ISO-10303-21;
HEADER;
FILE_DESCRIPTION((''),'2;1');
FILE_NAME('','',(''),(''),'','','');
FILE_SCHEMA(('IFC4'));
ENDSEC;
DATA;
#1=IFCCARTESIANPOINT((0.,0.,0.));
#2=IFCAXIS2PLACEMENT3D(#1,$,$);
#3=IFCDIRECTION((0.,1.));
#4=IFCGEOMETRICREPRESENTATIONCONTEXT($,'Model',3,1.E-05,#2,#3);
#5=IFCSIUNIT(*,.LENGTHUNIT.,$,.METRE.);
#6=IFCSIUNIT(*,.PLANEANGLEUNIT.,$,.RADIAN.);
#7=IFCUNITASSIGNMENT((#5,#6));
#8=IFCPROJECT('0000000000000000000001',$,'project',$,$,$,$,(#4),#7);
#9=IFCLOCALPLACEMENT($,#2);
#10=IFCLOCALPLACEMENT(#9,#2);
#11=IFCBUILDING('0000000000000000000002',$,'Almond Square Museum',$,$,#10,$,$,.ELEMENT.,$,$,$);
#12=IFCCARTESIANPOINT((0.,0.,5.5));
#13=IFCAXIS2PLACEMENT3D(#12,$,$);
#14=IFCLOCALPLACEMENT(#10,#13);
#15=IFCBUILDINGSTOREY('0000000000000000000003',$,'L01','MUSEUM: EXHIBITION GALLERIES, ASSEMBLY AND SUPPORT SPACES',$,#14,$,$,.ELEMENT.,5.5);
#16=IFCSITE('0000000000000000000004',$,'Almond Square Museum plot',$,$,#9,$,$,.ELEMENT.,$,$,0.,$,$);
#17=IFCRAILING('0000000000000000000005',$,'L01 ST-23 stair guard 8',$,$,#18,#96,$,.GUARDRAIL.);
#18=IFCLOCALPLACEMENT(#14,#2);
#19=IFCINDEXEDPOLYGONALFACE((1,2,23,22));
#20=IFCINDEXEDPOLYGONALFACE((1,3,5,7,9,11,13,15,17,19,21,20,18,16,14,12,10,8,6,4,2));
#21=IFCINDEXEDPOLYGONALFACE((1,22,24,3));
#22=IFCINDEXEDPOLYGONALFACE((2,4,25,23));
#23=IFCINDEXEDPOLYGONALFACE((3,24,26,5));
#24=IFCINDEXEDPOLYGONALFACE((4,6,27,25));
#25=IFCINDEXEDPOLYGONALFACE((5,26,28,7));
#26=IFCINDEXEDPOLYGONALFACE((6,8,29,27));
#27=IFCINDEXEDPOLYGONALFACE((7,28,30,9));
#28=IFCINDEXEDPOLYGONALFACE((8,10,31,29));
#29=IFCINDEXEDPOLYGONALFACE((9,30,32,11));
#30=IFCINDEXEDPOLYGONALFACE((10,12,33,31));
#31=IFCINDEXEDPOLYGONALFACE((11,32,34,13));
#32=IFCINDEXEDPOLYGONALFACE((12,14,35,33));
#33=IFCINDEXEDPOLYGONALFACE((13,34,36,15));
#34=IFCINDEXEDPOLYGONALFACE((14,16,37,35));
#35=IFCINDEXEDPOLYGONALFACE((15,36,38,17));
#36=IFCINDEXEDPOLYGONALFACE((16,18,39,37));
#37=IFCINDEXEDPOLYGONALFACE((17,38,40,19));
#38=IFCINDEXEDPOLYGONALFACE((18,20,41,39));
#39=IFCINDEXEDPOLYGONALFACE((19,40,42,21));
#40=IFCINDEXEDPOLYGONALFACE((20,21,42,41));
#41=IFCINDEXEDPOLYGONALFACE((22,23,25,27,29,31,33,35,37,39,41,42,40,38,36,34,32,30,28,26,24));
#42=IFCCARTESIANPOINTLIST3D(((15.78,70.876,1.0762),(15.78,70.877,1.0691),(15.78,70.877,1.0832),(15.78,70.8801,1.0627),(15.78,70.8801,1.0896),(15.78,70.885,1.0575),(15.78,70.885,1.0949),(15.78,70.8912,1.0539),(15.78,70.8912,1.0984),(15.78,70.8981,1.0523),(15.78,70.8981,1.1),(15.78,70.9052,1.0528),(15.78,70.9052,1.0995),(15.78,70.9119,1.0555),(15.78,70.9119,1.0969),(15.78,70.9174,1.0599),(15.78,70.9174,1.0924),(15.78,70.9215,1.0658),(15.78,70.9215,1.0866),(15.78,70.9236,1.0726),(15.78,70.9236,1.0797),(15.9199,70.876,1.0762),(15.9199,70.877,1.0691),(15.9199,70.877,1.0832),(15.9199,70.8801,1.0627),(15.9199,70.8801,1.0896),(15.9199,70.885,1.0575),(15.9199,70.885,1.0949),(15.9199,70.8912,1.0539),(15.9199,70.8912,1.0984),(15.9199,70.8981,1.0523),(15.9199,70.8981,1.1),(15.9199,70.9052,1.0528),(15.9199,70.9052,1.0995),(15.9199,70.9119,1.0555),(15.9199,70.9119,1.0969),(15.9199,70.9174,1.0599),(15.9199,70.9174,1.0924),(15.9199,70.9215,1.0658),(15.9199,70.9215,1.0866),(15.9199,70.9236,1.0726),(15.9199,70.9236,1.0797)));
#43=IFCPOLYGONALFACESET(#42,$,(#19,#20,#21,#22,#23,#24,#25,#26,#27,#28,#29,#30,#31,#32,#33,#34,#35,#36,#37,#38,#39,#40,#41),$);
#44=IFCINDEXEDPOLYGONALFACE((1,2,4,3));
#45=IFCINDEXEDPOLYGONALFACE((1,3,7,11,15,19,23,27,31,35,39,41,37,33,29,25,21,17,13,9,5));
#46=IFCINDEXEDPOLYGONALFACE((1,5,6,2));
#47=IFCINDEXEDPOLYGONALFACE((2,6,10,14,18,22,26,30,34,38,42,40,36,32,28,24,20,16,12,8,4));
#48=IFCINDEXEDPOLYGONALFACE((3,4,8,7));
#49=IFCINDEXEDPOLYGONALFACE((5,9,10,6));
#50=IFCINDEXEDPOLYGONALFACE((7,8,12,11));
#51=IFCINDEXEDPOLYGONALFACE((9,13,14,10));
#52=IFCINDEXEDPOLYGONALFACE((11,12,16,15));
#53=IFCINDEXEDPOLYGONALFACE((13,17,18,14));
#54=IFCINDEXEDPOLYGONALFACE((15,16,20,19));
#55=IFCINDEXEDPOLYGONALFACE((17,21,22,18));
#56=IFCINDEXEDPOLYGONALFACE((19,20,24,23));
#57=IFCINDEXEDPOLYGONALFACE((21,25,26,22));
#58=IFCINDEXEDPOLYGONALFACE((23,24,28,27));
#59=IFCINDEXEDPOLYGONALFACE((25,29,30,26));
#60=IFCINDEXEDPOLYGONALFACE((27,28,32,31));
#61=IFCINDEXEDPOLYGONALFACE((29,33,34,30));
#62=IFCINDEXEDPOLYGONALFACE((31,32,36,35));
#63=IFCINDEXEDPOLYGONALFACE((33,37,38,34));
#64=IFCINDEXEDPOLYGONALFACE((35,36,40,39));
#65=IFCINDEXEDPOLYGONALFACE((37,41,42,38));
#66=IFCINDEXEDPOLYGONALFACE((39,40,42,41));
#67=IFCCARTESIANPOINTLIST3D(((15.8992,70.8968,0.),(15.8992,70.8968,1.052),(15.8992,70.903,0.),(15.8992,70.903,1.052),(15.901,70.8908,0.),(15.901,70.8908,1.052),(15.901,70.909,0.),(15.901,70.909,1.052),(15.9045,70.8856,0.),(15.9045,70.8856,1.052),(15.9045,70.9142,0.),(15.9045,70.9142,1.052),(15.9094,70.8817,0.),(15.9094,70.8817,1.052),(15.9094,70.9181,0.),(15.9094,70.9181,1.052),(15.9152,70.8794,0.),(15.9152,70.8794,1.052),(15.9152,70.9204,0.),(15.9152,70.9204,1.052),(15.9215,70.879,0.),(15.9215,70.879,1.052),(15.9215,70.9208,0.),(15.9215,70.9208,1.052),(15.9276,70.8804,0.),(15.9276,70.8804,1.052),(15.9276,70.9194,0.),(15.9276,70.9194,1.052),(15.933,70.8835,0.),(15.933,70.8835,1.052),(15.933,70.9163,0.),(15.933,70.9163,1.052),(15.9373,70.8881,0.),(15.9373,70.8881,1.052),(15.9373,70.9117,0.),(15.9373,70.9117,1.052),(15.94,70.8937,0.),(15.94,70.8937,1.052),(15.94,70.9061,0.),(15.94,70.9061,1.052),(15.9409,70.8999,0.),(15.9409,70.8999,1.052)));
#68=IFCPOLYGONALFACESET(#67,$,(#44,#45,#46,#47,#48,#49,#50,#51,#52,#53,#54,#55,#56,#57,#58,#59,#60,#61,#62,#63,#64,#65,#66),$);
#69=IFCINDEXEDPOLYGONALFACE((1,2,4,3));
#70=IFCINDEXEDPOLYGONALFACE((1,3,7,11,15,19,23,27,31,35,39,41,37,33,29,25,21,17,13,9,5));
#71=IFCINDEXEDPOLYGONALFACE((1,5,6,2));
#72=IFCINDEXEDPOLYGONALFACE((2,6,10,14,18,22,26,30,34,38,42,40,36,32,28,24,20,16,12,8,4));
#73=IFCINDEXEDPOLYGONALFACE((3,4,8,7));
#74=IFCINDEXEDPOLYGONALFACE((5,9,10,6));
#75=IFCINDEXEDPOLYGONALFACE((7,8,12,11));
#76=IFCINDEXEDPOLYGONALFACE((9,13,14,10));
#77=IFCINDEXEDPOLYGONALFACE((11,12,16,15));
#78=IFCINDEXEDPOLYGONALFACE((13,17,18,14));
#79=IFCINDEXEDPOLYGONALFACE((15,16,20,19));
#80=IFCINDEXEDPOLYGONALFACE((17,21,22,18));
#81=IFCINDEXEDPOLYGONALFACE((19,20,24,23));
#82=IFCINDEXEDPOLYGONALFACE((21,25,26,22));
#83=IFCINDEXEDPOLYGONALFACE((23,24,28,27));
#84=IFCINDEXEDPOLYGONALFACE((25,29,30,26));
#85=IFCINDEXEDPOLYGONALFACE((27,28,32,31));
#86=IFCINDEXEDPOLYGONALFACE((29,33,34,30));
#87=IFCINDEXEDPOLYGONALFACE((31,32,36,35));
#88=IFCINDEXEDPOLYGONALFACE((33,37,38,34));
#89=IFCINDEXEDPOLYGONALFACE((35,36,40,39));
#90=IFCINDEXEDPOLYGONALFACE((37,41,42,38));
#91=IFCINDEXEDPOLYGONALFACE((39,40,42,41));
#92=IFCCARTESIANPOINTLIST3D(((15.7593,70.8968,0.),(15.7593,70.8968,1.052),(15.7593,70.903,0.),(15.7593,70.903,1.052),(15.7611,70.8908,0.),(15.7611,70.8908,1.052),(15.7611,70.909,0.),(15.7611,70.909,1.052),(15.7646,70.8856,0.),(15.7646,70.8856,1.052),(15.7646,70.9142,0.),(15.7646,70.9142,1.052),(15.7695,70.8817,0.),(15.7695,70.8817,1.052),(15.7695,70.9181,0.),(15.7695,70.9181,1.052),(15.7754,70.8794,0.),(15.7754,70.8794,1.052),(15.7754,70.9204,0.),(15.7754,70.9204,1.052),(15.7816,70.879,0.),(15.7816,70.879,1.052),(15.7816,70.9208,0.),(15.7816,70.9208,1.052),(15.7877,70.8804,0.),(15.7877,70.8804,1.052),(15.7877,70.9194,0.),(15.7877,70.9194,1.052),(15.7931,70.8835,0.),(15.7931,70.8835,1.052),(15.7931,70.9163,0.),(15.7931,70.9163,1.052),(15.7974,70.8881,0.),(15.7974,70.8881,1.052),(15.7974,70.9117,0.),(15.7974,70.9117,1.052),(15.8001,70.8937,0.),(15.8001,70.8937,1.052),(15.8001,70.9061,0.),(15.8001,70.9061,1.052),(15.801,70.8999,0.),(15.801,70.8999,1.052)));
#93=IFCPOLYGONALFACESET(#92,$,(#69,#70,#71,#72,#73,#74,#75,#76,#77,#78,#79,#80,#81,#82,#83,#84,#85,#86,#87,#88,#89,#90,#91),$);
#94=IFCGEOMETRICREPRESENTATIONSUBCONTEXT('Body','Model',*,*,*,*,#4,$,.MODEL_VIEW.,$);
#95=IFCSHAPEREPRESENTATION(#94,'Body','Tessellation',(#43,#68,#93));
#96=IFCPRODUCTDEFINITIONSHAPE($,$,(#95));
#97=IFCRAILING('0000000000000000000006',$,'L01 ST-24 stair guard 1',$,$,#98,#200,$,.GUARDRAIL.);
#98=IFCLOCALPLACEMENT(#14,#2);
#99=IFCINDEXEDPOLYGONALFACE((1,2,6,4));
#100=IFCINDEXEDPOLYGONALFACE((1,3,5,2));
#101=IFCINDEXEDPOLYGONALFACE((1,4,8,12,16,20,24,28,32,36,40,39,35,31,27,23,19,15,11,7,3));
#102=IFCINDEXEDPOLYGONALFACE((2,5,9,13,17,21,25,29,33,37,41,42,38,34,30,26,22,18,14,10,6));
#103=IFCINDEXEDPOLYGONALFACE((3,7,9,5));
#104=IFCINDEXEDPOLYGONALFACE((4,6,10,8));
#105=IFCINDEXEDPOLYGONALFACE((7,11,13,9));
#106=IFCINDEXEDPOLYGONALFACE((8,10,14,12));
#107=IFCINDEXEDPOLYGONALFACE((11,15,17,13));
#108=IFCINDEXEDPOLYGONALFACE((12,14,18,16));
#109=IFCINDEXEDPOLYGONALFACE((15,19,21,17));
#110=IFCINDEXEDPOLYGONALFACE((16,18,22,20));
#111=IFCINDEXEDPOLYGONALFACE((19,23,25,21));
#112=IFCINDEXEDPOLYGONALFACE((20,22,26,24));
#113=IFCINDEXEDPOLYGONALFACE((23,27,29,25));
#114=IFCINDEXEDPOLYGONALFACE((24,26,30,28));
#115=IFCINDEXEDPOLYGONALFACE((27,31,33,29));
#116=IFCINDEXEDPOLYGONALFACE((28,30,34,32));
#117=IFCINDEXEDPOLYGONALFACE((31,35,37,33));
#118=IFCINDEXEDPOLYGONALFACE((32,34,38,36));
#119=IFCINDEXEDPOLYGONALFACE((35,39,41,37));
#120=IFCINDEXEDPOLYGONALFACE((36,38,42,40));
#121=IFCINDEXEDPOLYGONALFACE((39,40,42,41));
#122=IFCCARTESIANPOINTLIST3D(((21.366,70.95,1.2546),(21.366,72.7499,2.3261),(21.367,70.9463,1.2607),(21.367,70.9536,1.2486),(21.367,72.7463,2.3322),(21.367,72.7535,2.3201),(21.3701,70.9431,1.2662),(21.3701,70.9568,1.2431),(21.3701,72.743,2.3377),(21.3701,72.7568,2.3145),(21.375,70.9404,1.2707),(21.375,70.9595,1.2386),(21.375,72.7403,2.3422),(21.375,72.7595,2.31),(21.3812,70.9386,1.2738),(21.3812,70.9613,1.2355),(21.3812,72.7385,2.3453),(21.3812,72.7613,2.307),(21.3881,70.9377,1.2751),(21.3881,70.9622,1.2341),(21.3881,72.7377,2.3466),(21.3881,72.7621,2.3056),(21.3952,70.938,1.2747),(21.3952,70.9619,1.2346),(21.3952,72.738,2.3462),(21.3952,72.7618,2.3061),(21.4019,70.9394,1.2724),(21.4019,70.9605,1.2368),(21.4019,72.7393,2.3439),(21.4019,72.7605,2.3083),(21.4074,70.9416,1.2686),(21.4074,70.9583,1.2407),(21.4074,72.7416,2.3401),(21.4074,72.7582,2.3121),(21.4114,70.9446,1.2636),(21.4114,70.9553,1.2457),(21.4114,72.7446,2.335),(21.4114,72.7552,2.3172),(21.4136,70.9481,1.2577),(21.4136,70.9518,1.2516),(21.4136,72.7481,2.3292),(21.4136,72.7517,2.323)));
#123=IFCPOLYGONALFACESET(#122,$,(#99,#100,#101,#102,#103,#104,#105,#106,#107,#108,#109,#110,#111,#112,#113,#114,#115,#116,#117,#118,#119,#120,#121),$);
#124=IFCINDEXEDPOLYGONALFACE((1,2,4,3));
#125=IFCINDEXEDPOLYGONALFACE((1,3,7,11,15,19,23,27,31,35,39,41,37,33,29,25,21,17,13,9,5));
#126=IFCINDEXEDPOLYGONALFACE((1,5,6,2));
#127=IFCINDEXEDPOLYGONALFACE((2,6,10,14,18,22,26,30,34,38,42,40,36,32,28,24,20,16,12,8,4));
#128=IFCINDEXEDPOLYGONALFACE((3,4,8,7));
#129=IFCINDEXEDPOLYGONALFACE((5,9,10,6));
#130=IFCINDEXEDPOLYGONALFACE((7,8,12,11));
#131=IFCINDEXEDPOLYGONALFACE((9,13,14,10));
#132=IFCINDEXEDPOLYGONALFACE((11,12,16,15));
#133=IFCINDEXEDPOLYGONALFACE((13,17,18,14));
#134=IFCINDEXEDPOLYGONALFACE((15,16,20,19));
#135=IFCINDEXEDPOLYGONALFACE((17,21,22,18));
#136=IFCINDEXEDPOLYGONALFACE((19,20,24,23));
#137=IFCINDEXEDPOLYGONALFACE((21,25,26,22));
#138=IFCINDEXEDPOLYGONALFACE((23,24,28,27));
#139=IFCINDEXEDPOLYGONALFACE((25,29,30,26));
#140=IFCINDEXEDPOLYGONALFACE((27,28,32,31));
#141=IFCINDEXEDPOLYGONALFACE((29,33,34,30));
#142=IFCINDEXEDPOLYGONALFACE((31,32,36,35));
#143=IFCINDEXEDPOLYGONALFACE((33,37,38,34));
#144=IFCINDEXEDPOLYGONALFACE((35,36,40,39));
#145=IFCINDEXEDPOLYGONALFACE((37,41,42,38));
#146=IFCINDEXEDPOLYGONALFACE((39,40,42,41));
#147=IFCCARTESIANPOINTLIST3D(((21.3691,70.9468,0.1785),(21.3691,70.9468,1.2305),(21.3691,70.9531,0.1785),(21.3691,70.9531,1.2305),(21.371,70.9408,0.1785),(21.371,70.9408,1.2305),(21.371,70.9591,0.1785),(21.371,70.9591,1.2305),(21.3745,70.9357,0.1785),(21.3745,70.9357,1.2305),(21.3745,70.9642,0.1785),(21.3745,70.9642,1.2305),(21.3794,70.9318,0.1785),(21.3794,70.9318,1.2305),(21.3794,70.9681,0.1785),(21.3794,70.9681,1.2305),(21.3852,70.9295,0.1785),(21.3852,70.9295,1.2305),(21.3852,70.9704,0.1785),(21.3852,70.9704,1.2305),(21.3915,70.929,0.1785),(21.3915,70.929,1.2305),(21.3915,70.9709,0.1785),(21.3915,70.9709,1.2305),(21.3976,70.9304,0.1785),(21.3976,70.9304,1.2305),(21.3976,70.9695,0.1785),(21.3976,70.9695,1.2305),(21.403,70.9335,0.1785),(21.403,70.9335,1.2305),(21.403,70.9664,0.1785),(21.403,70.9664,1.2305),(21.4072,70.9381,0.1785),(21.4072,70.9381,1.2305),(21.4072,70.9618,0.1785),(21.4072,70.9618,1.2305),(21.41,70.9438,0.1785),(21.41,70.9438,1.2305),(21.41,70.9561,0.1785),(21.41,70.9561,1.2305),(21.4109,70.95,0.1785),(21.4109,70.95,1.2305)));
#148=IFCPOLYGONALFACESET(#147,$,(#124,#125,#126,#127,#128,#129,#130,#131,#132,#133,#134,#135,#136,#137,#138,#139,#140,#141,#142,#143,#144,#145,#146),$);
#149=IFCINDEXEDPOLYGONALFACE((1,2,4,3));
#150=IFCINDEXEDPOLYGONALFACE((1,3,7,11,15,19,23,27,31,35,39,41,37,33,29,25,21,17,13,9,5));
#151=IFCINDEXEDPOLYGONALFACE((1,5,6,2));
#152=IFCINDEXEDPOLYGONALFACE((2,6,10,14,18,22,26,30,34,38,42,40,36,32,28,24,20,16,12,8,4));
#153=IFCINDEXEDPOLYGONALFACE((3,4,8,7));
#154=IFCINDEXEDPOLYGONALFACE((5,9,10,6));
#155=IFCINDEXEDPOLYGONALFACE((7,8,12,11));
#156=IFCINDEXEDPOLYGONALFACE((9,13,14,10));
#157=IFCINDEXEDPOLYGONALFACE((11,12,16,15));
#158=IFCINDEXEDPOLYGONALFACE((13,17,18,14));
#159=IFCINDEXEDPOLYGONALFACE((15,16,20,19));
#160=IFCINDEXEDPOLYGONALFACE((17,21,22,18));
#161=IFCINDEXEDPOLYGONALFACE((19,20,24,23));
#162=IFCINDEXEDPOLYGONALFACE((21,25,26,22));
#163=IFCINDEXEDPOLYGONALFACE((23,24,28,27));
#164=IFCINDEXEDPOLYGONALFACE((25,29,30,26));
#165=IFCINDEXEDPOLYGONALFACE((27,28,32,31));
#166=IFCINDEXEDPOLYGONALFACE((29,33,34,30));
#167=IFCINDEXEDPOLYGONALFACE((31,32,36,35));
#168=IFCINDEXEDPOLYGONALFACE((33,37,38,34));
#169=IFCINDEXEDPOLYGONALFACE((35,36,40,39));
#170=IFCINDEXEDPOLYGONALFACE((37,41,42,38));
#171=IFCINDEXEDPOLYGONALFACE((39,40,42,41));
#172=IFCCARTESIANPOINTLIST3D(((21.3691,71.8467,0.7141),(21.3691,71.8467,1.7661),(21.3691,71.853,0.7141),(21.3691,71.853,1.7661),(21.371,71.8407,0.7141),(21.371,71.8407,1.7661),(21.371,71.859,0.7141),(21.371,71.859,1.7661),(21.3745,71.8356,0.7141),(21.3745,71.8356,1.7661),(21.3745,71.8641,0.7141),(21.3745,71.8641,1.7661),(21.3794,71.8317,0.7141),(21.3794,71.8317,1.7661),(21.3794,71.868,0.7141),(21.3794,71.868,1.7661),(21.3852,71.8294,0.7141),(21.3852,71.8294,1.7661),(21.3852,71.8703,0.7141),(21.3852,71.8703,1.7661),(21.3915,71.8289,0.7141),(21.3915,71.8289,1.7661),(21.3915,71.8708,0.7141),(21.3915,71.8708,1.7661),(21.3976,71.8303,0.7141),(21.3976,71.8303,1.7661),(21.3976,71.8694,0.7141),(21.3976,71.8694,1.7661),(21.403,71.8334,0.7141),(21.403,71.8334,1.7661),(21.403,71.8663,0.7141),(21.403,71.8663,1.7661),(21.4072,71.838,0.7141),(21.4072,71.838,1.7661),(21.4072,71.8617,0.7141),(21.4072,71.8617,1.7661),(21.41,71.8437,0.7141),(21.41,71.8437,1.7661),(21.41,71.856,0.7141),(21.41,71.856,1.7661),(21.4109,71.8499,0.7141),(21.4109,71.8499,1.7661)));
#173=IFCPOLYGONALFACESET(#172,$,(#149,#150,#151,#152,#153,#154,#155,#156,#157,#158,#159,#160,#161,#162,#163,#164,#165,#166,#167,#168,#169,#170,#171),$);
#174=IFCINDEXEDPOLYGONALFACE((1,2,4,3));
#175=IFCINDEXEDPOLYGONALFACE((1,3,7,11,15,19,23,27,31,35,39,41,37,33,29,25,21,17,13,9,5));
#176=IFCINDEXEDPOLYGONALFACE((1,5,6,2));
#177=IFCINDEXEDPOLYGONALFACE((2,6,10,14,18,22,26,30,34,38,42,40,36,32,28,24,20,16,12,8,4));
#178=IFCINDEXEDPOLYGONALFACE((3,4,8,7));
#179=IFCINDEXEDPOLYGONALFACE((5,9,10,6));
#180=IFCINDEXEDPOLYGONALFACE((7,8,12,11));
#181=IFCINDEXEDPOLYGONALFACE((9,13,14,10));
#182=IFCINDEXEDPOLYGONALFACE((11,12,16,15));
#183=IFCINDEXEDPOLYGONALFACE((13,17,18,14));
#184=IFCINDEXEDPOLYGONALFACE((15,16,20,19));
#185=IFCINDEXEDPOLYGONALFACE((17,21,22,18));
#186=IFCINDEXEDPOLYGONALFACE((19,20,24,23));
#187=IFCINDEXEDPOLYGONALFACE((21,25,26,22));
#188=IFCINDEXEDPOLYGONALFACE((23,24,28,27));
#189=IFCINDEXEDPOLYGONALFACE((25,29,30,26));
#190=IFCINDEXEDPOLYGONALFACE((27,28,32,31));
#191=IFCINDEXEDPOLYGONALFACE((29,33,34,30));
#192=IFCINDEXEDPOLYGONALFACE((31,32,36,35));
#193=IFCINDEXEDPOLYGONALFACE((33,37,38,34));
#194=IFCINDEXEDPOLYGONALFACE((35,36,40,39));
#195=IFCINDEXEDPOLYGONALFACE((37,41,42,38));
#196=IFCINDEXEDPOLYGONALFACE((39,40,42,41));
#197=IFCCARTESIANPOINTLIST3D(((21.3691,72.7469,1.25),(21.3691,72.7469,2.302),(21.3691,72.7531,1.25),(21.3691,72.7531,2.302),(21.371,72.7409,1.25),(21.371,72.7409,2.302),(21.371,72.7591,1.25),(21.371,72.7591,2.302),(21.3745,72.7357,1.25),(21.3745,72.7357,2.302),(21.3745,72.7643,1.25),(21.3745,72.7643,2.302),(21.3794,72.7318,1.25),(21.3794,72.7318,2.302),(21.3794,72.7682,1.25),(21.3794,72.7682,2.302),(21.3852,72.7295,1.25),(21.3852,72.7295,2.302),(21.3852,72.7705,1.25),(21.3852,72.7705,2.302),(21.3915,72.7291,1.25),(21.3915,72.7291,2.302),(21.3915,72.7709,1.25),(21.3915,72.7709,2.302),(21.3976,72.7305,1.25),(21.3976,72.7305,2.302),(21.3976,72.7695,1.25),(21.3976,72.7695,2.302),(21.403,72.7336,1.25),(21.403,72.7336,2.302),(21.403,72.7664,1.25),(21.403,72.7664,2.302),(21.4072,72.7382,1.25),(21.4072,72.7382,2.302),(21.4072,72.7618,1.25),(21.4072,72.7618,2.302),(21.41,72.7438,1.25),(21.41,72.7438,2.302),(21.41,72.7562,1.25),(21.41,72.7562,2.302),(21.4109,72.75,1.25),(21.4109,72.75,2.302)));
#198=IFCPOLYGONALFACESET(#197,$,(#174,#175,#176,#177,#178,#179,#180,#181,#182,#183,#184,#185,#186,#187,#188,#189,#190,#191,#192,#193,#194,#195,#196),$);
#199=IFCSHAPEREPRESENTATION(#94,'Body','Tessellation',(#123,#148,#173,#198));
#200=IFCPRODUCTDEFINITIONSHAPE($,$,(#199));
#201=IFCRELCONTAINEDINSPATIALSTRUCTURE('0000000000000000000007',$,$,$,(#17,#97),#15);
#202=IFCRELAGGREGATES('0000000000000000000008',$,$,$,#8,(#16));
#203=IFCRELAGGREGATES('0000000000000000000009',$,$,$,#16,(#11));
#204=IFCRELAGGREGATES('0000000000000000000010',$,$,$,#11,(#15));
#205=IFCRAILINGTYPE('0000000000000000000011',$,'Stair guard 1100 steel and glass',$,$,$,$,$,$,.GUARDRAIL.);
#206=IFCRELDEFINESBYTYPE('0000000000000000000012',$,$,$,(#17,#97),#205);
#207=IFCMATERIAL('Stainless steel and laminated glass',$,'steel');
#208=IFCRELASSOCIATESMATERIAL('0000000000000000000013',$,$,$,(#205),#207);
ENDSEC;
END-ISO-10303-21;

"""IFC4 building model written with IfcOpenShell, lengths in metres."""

from ifc_helpers import new_model, si_unit, direction, frame, origin, origin_2d, place, context, subcontext, project, spatial, circle, extrude, material, type_object, element, save


model = new_model("IFC4")

# Units and contexts
model_context = context("Model", 3, precision=1e-05, world=origin(), true_north=direction((0.0, 1.0)))
body_context = subcontext(model_context, "Body", "Model", "MODEL_VIEW")
ifc_project = project(units=[si_unit("LENGTHUNIT", "METRE"), si_unit("PLANEANGLEUNIT", "RADIAN")], contexts=[model_context])

# Site, building, storey
site_placement = place(None, origin())
site = spatial("IfcSite", under=ifc_project, at=site_placement, Name="Almond Square Museum plot", CompositionType="ELEMENT", RefElevation=0.0)
building_placement = place(site_placement, origin())
building = spatial("IfcBuilding", under=site, at=building_placement, Name="Almond Square Museum", CompositionType="ELEMENT")
storey_placement = place(building_placement, frame((0.0, 0.0, 5.5)))
storey = spatial("IfcBuildingStorey", under=building, at=storey_placement, Name="L01", Description="MUSEUM: EXHIBITION GALLERIES, ASSEMBLY AND SUPPORT SPACES", CompositionType="ELEMENT", Elevation=5.5)

# Railings
ifc_material_1 = material(Name="Stainless steel and laminated glass", Category="steel")
railing_type_1 = type_object("IfcRailingType", Name="Stair guard 1100 steel and glass", PredefinedType="GUARDRAIL", material=ifc_material_1)
railing_1_placement = place(storey_placement, frame((15.9199, 70.8999, 0.0)))
element("IfcRailing", 1, at=railing_1_placement, inside=storey, type_object=railing_type_1, Name="L01 ST-23 stair guard 8", PredefinedType="GUARDRAIL", context=body_context, shape_type="SweptSolid", body=[
    extrude(circle(Radius=0.0239, at=origin_2d()), frame((0.0, 0.0, 1.0762), z_axis=(-1.0, 0.0, 0.0), x_axis=(0.0, -1.0, 0.0)), (0.0, 0.0, 1.0), 0.1399),
    extrude(circle(Radius=0.021, at=origin_2d()), origin(), (0.0, 0.0, 1.0), 1.052),
    extrude(circle(Radius=0.021, at=origin_2d()), frame((-0.1399, 0.0, 0.0)), (0.0, 0.0, 1.0), 1.052),
])
railing_2_placement = place(storey_placement, frame((21.3899, 70.95, 0.1785)))
element("IfcRailing", 2, at=railing_2_placement, inside=storey, type_object=railing_type_1, Name="L01 ST-24 stair guard 1", PredefinedType="GUARDRAIL", context=body_context, shape_type="SweptSolid", body=[
    extrude(circle(Radius=0.0239, at=origin_2d()), frame((0.0, 0.0, 1.0762), z_axis=(0.0, 0.859277, 0.51151), x_axis=(-1.0, 0.0, 0.0)), (0.0, 0.0, 1.0), 2.0947),
    extrude(circle(Radius=0.021, at=origin_2d()), origin(), (0.0, 0.0, 1.0), 1.052),
    extrude(circle(Radius=0.021, at=origin_2d()), frame((0.0, 0.8999, 0.5356)), (0.0, 0.0, 1.0), 1.052),
    extrude(circle(Radius=0.021, at=origin_2d()), frame((0.0, 1.8, 1.0715)), (0.0, 0.0, 1.0), 1.052),
])

save(model, "model.ifc")
